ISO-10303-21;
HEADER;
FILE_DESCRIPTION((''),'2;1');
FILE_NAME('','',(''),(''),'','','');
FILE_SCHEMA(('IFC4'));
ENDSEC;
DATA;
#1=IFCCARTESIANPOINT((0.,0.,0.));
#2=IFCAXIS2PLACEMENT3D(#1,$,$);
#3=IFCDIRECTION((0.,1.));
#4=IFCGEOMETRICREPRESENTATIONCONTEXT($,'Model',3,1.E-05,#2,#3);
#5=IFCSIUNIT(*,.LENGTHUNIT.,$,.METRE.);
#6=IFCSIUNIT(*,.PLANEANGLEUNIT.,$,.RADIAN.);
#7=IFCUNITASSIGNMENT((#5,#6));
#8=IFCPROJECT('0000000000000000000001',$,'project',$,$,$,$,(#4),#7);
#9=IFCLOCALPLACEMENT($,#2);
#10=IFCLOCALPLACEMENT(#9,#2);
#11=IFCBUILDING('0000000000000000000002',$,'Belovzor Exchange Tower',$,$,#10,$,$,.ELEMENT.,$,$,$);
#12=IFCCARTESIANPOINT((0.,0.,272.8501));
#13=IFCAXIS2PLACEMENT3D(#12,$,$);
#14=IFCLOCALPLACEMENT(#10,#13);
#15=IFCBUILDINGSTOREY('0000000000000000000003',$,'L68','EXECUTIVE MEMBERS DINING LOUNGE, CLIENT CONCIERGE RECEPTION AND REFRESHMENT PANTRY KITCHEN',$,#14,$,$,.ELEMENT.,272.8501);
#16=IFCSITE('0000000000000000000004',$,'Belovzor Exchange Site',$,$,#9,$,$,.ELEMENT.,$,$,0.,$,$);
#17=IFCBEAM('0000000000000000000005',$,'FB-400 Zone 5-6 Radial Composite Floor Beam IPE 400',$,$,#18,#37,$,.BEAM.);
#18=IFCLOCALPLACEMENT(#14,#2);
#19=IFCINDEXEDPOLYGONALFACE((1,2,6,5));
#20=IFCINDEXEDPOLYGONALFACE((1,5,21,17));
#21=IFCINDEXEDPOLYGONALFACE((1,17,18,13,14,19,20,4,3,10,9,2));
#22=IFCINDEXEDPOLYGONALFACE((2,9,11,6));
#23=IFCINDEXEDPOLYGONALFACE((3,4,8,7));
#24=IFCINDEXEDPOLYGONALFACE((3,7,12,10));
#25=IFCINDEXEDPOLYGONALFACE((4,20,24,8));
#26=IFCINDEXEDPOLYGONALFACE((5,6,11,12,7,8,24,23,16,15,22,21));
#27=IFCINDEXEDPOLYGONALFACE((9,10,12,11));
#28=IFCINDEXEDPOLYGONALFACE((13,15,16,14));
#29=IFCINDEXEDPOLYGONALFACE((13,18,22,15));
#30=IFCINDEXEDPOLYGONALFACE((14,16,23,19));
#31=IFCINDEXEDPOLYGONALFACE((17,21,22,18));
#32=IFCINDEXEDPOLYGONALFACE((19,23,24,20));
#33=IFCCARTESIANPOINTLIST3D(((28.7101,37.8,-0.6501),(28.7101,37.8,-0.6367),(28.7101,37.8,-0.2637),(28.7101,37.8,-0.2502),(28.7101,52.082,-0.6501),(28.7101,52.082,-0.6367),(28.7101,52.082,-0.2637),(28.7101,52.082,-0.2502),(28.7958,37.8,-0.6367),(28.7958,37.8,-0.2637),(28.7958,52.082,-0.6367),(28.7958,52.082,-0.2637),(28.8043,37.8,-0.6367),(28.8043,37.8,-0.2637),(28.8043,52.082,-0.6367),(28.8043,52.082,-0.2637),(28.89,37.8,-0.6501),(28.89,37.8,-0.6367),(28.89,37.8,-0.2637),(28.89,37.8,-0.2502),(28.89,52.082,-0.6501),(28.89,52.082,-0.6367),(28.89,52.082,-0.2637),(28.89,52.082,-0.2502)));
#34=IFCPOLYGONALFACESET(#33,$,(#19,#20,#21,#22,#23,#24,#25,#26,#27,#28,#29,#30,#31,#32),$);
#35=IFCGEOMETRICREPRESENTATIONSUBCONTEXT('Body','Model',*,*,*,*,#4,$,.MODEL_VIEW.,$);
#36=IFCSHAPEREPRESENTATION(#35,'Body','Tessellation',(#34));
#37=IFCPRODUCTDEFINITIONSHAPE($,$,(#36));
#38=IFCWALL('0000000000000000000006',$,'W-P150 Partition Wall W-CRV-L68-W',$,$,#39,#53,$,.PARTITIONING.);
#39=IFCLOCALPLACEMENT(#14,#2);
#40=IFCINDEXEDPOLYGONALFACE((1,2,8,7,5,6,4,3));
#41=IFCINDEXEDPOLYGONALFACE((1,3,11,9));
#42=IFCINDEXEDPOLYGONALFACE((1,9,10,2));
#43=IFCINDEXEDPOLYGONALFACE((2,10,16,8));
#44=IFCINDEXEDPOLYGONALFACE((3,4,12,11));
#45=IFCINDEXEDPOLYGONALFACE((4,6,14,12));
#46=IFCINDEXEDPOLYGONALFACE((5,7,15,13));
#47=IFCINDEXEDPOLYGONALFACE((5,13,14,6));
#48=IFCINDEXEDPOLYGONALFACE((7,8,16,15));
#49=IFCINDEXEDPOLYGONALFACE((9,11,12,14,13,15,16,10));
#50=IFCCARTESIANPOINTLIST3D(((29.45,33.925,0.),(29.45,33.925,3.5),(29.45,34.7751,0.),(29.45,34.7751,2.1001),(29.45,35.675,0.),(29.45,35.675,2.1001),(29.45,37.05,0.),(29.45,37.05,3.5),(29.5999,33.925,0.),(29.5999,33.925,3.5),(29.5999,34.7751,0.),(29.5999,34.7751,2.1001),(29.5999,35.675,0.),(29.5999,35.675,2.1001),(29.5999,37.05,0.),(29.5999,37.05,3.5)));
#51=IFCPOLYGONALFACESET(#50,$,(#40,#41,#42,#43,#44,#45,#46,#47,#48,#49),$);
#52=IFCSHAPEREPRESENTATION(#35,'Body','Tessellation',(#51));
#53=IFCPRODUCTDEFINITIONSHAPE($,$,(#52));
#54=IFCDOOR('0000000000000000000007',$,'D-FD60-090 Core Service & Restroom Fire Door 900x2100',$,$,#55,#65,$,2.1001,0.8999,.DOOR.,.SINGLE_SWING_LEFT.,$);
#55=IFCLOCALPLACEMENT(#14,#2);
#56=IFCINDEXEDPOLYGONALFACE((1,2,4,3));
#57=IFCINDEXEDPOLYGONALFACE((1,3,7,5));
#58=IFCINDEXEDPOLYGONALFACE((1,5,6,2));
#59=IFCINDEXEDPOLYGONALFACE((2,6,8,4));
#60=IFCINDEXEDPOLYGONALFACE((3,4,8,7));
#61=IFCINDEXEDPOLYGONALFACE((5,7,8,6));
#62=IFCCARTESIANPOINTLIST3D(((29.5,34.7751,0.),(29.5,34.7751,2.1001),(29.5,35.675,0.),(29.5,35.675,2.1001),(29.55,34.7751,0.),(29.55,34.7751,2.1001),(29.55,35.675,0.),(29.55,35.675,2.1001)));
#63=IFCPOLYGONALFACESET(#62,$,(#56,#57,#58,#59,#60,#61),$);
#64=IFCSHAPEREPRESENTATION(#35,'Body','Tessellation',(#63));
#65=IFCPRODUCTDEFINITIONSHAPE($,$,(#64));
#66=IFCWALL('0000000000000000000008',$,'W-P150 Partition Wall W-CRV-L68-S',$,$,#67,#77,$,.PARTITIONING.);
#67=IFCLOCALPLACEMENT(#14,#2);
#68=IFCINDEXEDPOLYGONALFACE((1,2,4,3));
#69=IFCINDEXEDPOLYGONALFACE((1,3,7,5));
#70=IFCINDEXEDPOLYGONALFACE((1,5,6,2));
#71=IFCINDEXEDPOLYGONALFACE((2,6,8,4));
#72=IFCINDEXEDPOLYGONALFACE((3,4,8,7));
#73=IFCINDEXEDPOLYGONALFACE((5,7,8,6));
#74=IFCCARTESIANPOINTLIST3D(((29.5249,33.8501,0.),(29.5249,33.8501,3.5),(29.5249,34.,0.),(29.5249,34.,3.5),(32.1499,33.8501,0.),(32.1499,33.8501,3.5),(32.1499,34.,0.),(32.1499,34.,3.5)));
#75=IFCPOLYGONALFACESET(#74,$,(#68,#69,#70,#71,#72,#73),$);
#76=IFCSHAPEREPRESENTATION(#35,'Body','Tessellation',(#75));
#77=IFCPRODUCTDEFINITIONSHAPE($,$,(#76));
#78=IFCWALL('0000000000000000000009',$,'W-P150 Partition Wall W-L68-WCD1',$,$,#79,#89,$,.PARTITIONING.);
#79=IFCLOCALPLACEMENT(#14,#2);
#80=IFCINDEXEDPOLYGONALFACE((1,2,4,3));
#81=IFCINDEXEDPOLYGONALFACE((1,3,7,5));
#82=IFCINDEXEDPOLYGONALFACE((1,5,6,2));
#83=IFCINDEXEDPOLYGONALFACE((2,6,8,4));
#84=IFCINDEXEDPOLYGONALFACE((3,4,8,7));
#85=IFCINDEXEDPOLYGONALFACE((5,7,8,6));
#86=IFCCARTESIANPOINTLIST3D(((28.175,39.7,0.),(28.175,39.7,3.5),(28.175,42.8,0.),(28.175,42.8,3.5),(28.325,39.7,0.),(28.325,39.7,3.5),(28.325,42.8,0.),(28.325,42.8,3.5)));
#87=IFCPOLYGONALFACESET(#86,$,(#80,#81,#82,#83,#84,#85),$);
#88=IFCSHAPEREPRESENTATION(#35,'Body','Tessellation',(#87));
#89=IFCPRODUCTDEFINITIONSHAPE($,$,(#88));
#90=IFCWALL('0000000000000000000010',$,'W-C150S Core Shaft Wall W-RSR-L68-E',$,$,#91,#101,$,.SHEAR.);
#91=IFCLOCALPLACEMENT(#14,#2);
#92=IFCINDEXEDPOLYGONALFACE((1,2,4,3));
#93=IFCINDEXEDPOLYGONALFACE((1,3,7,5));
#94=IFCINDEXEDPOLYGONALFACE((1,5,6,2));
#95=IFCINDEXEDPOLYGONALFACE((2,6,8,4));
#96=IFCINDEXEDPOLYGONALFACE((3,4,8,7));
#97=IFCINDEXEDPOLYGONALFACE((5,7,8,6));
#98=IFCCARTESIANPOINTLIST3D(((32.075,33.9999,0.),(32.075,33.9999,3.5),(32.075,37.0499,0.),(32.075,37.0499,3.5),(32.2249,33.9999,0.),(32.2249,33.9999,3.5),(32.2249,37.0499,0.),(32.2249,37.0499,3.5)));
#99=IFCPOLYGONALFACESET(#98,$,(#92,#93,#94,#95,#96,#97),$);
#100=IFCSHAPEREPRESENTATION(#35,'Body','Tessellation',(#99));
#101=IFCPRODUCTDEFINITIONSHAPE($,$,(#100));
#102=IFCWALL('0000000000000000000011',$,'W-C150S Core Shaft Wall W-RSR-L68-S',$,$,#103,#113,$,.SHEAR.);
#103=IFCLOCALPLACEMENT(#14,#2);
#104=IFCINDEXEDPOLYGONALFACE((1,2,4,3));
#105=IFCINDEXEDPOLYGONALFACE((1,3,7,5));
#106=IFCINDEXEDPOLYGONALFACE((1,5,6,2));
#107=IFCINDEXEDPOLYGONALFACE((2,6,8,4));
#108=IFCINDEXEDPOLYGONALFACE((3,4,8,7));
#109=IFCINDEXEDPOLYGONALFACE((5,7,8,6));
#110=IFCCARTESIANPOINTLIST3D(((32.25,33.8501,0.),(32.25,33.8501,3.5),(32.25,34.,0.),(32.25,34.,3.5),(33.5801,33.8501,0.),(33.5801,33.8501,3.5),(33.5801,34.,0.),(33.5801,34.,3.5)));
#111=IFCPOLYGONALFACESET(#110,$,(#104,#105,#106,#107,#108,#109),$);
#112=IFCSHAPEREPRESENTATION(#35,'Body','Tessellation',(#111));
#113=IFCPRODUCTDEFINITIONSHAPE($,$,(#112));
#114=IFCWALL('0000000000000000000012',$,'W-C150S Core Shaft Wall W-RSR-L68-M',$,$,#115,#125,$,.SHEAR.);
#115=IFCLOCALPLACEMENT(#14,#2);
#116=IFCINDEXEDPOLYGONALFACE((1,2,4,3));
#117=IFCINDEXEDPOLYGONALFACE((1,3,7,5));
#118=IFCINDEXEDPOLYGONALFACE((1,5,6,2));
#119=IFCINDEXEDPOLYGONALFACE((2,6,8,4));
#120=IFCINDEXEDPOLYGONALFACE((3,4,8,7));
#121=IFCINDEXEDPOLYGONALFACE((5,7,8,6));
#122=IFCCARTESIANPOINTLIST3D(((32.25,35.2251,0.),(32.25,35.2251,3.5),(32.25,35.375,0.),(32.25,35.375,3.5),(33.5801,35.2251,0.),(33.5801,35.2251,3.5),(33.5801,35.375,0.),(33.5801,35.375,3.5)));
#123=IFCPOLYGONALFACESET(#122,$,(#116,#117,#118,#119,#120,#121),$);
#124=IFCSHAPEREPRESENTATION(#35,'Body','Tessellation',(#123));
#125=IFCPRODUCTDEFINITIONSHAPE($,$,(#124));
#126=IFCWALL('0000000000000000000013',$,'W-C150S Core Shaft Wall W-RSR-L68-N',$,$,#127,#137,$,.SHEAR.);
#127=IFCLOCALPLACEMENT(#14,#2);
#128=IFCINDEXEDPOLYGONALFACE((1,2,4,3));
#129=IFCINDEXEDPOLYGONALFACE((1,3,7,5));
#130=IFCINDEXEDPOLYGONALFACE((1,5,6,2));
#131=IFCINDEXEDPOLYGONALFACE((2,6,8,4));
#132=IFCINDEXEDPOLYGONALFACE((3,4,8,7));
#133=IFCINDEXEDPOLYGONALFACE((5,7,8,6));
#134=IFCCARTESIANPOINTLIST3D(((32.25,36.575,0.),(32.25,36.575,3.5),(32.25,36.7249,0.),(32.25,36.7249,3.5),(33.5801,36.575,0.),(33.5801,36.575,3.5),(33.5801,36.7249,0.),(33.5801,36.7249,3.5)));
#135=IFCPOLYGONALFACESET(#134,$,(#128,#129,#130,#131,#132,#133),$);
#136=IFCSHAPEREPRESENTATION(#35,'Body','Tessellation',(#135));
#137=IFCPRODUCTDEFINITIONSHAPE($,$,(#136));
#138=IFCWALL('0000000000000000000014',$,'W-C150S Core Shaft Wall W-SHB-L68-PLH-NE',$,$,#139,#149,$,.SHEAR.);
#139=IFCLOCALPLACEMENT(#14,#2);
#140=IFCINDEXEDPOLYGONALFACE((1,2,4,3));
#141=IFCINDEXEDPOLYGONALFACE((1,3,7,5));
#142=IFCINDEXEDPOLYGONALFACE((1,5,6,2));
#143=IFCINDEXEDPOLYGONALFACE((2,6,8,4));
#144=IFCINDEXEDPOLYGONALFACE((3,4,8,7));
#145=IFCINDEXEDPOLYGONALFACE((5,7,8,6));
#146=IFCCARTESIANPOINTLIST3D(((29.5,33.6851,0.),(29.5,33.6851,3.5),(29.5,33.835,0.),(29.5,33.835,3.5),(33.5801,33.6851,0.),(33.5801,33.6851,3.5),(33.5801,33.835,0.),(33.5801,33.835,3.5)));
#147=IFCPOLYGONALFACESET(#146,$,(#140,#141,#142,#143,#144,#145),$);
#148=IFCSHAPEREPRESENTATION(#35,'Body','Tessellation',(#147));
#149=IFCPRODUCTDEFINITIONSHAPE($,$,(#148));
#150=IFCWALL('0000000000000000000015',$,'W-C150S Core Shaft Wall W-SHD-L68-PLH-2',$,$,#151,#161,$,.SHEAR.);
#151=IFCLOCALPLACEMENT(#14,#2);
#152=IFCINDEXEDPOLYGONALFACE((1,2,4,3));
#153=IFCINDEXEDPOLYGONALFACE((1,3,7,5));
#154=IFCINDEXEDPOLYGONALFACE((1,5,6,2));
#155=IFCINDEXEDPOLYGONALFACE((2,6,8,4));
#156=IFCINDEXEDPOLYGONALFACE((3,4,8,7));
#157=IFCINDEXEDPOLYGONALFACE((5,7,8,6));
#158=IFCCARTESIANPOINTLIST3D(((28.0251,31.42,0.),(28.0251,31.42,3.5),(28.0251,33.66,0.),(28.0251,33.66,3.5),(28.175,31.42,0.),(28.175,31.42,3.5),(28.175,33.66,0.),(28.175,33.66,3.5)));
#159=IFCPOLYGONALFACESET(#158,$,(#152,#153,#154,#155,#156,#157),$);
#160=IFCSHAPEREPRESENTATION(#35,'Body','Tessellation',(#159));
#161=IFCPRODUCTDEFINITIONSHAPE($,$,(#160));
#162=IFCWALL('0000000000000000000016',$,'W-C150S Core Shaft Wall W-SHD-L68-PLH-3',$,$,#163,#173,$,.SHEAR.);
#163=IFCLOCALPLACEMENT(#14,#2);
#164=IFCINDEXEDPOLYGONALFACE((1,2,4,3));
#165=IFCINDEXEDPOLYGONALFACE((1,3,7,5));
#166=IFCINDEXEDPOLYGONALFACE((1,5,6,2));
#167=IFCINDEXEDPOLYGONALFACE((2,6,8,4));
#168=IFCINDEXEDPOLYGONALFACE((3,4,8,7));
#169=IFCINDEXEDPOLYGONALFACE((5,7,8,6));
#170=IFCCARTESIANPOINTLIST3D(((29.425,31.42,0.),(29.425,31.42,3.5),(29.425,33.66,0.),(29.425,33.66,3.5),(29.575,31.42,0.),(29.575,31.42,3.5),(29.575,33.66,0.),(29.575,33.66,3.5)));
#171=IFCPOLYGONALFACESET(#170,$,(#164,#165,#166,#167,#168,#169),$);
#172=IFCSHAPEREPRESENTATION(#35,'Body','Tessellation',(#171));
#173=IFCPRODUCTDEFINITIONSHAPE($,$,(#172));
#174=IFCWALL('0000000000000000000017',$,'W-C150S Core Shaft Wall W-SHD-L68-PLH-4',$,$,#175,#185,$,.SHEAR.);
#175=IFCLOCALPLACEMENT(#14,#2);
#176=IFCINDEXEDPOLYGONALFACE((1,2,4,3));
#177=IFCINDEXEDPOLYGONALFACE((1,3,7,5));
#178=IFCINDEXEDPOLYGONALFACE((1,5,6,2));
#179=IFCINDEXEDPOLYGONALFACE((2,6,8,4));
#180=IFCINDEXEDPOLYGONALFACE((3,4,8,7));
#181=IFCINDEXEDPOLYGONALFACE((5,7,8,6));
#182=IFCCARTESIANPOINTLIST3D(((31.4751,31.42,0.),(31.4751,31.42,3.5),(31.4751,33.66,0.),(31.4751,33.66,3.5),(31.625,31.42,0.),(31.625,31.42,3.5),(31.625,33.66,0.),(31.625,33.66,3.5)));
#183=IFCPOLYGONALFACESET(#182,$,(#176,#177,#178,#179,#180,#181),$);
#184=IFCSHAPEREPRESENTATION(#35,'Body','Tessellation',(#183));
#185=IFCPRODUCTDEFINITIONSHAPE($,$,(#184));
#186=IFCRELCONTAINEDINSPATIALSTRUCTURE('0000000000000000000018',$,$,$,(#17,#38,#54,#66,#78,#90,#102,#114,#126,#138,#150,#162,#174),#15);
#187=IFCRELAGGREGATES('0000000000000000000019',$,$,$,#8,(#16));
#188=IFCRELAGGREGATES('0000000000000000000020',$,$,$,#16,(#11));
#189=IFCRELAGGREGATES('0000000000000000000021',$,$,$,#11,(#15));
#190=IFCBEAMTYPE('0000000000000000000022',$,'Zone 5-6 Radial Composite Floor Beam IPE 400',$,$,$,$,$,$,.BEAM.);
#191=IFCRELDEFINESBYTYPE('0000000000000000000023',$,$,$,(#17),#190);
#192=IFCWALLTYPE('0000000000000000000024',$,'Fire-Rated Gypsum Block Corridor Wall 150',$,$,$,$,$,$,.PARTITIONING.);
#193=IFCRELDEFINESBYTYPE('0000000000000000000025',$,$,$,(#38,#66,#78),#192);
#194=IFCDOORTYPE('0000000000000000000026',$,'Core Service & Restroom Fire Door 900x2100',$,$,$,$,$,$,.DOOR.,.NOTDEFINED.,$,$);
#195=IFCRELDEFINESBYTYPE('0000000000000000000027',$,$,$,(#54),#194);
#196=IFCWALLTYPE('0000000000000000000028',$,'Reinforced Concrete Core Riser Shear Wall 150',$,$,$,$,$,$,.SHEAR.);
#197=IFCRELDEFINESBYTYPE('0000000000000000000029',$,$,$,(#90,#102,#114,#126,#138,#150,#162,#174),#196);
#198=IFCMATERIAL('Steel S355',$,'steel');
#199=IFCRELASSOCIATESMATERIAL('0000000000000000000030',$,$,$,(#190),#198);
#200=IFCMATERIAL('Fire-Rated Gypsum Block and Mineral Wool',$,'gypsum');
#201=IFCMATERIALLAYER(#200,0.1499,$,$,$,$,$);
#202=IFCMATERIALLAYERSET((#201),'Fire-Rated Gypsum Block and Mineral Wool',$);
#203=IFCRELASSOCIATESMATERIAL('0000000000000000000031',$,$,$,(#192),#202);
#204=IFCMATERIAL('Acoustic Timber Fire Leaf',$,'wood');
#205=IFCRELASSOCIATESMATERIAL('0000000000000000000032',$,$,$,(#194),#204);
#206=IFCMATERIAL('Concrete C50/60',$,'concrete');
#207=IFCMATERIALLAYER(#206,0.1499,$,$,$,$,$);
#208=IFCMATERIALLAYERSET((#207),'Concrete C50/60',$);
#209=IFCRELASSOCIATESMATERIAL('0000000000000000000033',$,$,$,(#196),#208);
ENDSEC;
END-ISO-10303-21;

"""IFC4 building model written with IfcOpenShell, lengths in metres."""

from ifc_helpers import new_model, si_unit, direction, frame, frame_2d, origin, origin_2d, place, context, subcontext, project, spatial, rectangle, i_section, extrude, material, layer, layer_set, material_profile, profile_set, type_object, element, fill, save


model = new_model("IFC4")

# Units and contexts
model_context = context("Model", 3, precision=1e-05, world=origin(), true_north=direction((0.0, 1.0)))
body_context = subcontext(model_context, "Body", "Model", "MODEL_VIEW")
ifc_project = project(units=[si_unit("LENGTHUNIT", "METRE"), si_unit("PLANEANGLEUNIT", "RADIAN")], contexts=[model_context])

# Site, building, storey
site_placement = place(None, origin())
site = spatial("IfcSite", under=ifc_project, at=site_placement, Name="Belovzor Exchange Site", CompositionType="ELEMENT", RefElevation=0.0)
building_placement = place(site_placement, origin())
building = spatial("IfcBuilding", under=site, at=building_placement, Name="Belovzor Exchange Tower", CompositionType="ELEMENT")
storey_placement = place(building_placement, frame((0.0, 0.0, 272.8501)))
storey = spatial("IfcBuildingStorey", under=building, at=storey_placement, Name="L68", Description="EXECUTIVE MEMBERS DINING LOUNGE, CLIENT CONCIERGE RECEPTION AND REFRESHMENT PANTRY KITCHEN", CompositionType="ELEMENT", Elevation=272.8501)

# Beam
ifc_material_1 = material(Name="Steel S355", Category="steel")
ifc_material_profile = material_profile(ifc_material_1, i_section(OverallWidth=0.1799, OverallDepth=0.3999, WebThickness=0.0085, FlangeThickness=0.0134, at=origin_2d()))
ifc_profile_set = profile_set([ifc_material_profile], Name="Steel S355")
beam_type = type_object("IfcBeamType", Name="Zone 5-6 Radial Composite Floor Beam IPE 400", PredefinedType="BEAM", material=ifc_profile_set)
beam_placement = place(storey_placement, frame((28.8, 37.8, -0.4502), z_axis=(0.0, 1.0, 0.0), x_axis=(-1.0, 0.0, 0.0)))
element("IfcBeam", 1, at=beam_placement, inside=storey, type_object=beam_type, Name="FB-400 Zone 5-6 Radial Composite Floor Beam IPE 400", PredefinedType="BEAM", context=body_context, shape_type="SweptSolid", body=[
    extrude(i_section(OverallWidth=0.1799, OverallDepth=0.3999, WebThickness=0.0085, FlangeThickness=0.0134, at=origin_2d()), origin(), (0.0, 0.0, 1.0), 14.282),
])

# Wall, opening, door
ifc_material_2 = material(Name="Fire-Rated Gypsum Block and Mineral Wool", Category="gypsum")
ifc_layer_1 = layer(ifc_material_2, 0.1499)
ifc_layer_set_1 = layer_set([ifc_layer_1], Name="Fire-Rated Gypsum Block and Mineral Wool")
wall_type_1 = type_object("IfcWallType", Name="Fire-Rated Gypsum Block Corridor Wall 150", PredefinedType="PARTITIONING", material=ifc_layer_set_1)
wall_1_placement = place(storey_placement, frame((29.5249, 33.925, 0.0), z_axis=(0.0, 0.0, 1.0), x_axis=(0.0, 1.0, 0.0)))
wall_1 = element("IfcWall", 2, at=wall_1_placement, inside=storey, type_object=wall_type_1, Name="W-P150 Partition Wall W-CRV-L68-W", PredefinedType="PARTITIONING", context=body_context, shape_type="SweptSolid", body=[
    extrude(rectangle(XDim=3.125, YDim=0.1499, at=frame_2d((1.5625, 0.0))), origin(), (0.0, 0.0, 1.0), 3.5),
])
opening_1_placement = place(wall_1_placement, frame((0.8501, 0.0, 0.0)))
opening_1 = element("IfcOpeningElement", 3, at=opening_1_placement, cuts=wall_1, PredefinedType="OPENING", context=body_context, shape_type="SweptSolid", body=[
    extrude(rectangle(XDim=0.8999, YDim=2.1001, at=frame_2d((0.45, 1.05))), frame((0.0, 0.085, 0.0), z_axis=(0.0, -1.0, 0.0), x_axis=(1.0, 0.0, 0.0)), (0.0, 0.0, 1.0), 0.1699),
])
ifc_material_3 = material(Name="Acoustic Timber Fire Leaf", Category="wood")
door_type_1 = type_object("IfcDoorType", Name="Core Service & Restroom Fire Door 900x2100", OperationType="NOTDEFINED", PredefinedType="DOOR", material=ifc_material_3)
door_1_placement = place(opening_1_placement, origin())
door_1 = element("IfcDoor", 4, at=door_1_placement, inside=storey, type_object=door_type_1, Name="D-FD60-090 Core Service & Restroom Fire Door 900x2100", OperationType="SINGLE_SWING_LEFT", OverallHeight=2.1001, OverallWidth=0.8999, PredefinedType="DOOR", context=body_context, shape_type="SweptSolid", body=[
    extrude(rectangle(XDim=0.8999, YDim=2.1001, at=frame_2d((0.45, 1.05))), frame((0.0, 0.0249, 0.0), z_axis=(0.0, -1.0, 0.0), x_axis=(1.0, 0.0, 0.0)), (0.0, 0.0, 1.0), 0.05),
])
fill(opening_1, door_1)

# Walls
wall_2_placement = place(storey_placement, frame((29.5249, 33.925, 0.0), z_axis=(0.0, 0.0, 1.0), x_axis=(1.0, 0.0, 0.0)))
element("IfcWall", 5, at=wall_2_placement, inside=storey, type_object=wall_type_1, Name="W-P150 Partition Wall W-CRV-L68-S", PredefinedType="PARTITIONING", context=body_context, shape_type="SweptSolid", body=[
    extrude(rectangle(XDim=2.625, YDim=0.1499, at=frame_2d((1.3125, 0.0))), origin(), (0.0, 0.0, 1.0), 3.5),
])
wall_3_placement = place(storey_placement, frame((28.25, 39.7, 0.0), z_axis=(0.0, 0.0, 1.0), x_axis=(0.0, 1.0, 0.0)))
element("IfcWall", 6, at=wall_3_placement, inside=storey, type_object=wall_type_1, Name="W-P150 Partition Wall W-L68-WCD1", PredefinedType="PARTITIONING", context=body_context, shape_type="SweptSolid", body=[
    extrude(rectangle(XDim=3.1001, YDim=0.1499, at=frame_2d((1.55, 0.0))), origin(), (0.0, 0.0, 1.0), 3.5),
])
ifc_material_4 = material(Name="Concrete C50/60", Category="concrete")
ifc_layer_2 = layer(ifc_material_4, 0.1499)
ifc_layer_set_2 = layer_set([ifc_layer_2], Name="Concrete C50/60")
wall_type_2 = type_object("IfcWallType", Name="Reinforced Concrete Core Riser Shear Wall 150", PredefinedType="SHEAR", material=ifc_layer_set_2)
wall_4_placement = place(storey_placement, frame((32.1499, 34.0, 0.0), z_axis=(0.0, 0.0, 1.0), x_axis=(0.0, 1.0, 0.0)))
element("IfcWall", 7, at=wall_4_placement, inside=storey, type_object=wall_type_2, Name="W-C150S Core Shaft Wall W-RSR-L68-E", PredefinedType="SHEAR", context=body_context, shape_type="SweptSolid", body=[
    extrude(rectangle(XDim=3.05, YDim=0.1499, at=frame_2d((1.5249, 0.0))), origin(), (0.0, 0.0, 1.0), 3.5),
])
for number, where, z_axis, x_axis, name in (
    (8, (32.25, 33.925, 0.0), (0.0, 0.0, 1.0), (1.0, 0.0, 0.0), "W-C150S Core Shaft Wall W-RSR-L68-S"),
    (9, (32.25, 35.3, 0.0), (0.0, 0.0, 1.0), (1.0, 0.0, 0.0), "W-C150S Core Shaft Wall W-RSR-L68-M"),
    (10, (32.25, 36.6499, 0.0), (0.0, 0.0, 1.0), (1.0, 0.0, 0.0), "W-C150S Core Shaft Wall W-RSR-L68-N"),
):
    element("IfcWall", number, at=place(storey_placement, frame(where, z_axis=z_axis, x_axis=x_axis)), inside=storey, type_object=wall_type_2, Name=name, PredefinedType="SHEAR", context=body_context, shape_type="SweptSolid", body=[
        extrude(rectangle(XDim=1.3301, YDim=0.1499, at=frame_2d((0.665, 0.0))), origin(), (0.0, 0.0, 1.0), 3.5),
    ])
wall_5_placement = place(storey_placement, frame((29.5, 33.76, 0.0), z_axis=(0.0, 0.0, 1.0), x_axis=(1.0, 0.0, 0.0)))
element("IfcWall", 11, at=wall_5_placement, inside=storey, type_object=wall_type_2, Name="W-C150S Core Shaft Wall W-SHB-L68-PLH-NE", PredefinedType="SHEAR", context=body_context, shape_type="SweptSolid", body=[
    extrude(rectangle(XDim=4.0801, YDim=0.1499, at=frame_2d((2.04, 0.0))), origin(), (0.0, 0.0, 1.0), 3.5),
])
for number, where, z_axis, x_axis, name in (
    (12, (28.1001, 31.4199, 0.0), (0.0, 0.0, 1.0), (0.0, 1.0, 0.0), "W-C150S Core Shaft Wall W-SHD-L68-PLH-2"),
    (13, (29.5, 31.4199, 0.0), (0.0, 0.0, 1.0), (0.0, 1.0, 0.0), "W-C150S Core Shaft Wall W-SHD-L68-PLH-3"),
    (14, (31.55, 31.4199, 0.0), (0.0, 0.0, 1.0), (0.0, 1.0, 0.0), "W-C150S Core Shaft Wall W-SHD-L68-PLH-4"),
):
    element("IfcWall", number, at=place(storey_placement, frame(where, z_axis=z_axis, x_axis=x_axis)), inside=storey, type_object=wall_type_2, Name=name, PredefinedType="SHEAR", context=body_context, shape_type="SweptSolid", body=[
        extrude(rectangle(XDim=2.24, YDim=0.1499, at=frame_2d((1.1201, 0.0))), origin(), (0.0, 0.0, 1.0), 3.5),
    ])

save(model, "model.ifc")
